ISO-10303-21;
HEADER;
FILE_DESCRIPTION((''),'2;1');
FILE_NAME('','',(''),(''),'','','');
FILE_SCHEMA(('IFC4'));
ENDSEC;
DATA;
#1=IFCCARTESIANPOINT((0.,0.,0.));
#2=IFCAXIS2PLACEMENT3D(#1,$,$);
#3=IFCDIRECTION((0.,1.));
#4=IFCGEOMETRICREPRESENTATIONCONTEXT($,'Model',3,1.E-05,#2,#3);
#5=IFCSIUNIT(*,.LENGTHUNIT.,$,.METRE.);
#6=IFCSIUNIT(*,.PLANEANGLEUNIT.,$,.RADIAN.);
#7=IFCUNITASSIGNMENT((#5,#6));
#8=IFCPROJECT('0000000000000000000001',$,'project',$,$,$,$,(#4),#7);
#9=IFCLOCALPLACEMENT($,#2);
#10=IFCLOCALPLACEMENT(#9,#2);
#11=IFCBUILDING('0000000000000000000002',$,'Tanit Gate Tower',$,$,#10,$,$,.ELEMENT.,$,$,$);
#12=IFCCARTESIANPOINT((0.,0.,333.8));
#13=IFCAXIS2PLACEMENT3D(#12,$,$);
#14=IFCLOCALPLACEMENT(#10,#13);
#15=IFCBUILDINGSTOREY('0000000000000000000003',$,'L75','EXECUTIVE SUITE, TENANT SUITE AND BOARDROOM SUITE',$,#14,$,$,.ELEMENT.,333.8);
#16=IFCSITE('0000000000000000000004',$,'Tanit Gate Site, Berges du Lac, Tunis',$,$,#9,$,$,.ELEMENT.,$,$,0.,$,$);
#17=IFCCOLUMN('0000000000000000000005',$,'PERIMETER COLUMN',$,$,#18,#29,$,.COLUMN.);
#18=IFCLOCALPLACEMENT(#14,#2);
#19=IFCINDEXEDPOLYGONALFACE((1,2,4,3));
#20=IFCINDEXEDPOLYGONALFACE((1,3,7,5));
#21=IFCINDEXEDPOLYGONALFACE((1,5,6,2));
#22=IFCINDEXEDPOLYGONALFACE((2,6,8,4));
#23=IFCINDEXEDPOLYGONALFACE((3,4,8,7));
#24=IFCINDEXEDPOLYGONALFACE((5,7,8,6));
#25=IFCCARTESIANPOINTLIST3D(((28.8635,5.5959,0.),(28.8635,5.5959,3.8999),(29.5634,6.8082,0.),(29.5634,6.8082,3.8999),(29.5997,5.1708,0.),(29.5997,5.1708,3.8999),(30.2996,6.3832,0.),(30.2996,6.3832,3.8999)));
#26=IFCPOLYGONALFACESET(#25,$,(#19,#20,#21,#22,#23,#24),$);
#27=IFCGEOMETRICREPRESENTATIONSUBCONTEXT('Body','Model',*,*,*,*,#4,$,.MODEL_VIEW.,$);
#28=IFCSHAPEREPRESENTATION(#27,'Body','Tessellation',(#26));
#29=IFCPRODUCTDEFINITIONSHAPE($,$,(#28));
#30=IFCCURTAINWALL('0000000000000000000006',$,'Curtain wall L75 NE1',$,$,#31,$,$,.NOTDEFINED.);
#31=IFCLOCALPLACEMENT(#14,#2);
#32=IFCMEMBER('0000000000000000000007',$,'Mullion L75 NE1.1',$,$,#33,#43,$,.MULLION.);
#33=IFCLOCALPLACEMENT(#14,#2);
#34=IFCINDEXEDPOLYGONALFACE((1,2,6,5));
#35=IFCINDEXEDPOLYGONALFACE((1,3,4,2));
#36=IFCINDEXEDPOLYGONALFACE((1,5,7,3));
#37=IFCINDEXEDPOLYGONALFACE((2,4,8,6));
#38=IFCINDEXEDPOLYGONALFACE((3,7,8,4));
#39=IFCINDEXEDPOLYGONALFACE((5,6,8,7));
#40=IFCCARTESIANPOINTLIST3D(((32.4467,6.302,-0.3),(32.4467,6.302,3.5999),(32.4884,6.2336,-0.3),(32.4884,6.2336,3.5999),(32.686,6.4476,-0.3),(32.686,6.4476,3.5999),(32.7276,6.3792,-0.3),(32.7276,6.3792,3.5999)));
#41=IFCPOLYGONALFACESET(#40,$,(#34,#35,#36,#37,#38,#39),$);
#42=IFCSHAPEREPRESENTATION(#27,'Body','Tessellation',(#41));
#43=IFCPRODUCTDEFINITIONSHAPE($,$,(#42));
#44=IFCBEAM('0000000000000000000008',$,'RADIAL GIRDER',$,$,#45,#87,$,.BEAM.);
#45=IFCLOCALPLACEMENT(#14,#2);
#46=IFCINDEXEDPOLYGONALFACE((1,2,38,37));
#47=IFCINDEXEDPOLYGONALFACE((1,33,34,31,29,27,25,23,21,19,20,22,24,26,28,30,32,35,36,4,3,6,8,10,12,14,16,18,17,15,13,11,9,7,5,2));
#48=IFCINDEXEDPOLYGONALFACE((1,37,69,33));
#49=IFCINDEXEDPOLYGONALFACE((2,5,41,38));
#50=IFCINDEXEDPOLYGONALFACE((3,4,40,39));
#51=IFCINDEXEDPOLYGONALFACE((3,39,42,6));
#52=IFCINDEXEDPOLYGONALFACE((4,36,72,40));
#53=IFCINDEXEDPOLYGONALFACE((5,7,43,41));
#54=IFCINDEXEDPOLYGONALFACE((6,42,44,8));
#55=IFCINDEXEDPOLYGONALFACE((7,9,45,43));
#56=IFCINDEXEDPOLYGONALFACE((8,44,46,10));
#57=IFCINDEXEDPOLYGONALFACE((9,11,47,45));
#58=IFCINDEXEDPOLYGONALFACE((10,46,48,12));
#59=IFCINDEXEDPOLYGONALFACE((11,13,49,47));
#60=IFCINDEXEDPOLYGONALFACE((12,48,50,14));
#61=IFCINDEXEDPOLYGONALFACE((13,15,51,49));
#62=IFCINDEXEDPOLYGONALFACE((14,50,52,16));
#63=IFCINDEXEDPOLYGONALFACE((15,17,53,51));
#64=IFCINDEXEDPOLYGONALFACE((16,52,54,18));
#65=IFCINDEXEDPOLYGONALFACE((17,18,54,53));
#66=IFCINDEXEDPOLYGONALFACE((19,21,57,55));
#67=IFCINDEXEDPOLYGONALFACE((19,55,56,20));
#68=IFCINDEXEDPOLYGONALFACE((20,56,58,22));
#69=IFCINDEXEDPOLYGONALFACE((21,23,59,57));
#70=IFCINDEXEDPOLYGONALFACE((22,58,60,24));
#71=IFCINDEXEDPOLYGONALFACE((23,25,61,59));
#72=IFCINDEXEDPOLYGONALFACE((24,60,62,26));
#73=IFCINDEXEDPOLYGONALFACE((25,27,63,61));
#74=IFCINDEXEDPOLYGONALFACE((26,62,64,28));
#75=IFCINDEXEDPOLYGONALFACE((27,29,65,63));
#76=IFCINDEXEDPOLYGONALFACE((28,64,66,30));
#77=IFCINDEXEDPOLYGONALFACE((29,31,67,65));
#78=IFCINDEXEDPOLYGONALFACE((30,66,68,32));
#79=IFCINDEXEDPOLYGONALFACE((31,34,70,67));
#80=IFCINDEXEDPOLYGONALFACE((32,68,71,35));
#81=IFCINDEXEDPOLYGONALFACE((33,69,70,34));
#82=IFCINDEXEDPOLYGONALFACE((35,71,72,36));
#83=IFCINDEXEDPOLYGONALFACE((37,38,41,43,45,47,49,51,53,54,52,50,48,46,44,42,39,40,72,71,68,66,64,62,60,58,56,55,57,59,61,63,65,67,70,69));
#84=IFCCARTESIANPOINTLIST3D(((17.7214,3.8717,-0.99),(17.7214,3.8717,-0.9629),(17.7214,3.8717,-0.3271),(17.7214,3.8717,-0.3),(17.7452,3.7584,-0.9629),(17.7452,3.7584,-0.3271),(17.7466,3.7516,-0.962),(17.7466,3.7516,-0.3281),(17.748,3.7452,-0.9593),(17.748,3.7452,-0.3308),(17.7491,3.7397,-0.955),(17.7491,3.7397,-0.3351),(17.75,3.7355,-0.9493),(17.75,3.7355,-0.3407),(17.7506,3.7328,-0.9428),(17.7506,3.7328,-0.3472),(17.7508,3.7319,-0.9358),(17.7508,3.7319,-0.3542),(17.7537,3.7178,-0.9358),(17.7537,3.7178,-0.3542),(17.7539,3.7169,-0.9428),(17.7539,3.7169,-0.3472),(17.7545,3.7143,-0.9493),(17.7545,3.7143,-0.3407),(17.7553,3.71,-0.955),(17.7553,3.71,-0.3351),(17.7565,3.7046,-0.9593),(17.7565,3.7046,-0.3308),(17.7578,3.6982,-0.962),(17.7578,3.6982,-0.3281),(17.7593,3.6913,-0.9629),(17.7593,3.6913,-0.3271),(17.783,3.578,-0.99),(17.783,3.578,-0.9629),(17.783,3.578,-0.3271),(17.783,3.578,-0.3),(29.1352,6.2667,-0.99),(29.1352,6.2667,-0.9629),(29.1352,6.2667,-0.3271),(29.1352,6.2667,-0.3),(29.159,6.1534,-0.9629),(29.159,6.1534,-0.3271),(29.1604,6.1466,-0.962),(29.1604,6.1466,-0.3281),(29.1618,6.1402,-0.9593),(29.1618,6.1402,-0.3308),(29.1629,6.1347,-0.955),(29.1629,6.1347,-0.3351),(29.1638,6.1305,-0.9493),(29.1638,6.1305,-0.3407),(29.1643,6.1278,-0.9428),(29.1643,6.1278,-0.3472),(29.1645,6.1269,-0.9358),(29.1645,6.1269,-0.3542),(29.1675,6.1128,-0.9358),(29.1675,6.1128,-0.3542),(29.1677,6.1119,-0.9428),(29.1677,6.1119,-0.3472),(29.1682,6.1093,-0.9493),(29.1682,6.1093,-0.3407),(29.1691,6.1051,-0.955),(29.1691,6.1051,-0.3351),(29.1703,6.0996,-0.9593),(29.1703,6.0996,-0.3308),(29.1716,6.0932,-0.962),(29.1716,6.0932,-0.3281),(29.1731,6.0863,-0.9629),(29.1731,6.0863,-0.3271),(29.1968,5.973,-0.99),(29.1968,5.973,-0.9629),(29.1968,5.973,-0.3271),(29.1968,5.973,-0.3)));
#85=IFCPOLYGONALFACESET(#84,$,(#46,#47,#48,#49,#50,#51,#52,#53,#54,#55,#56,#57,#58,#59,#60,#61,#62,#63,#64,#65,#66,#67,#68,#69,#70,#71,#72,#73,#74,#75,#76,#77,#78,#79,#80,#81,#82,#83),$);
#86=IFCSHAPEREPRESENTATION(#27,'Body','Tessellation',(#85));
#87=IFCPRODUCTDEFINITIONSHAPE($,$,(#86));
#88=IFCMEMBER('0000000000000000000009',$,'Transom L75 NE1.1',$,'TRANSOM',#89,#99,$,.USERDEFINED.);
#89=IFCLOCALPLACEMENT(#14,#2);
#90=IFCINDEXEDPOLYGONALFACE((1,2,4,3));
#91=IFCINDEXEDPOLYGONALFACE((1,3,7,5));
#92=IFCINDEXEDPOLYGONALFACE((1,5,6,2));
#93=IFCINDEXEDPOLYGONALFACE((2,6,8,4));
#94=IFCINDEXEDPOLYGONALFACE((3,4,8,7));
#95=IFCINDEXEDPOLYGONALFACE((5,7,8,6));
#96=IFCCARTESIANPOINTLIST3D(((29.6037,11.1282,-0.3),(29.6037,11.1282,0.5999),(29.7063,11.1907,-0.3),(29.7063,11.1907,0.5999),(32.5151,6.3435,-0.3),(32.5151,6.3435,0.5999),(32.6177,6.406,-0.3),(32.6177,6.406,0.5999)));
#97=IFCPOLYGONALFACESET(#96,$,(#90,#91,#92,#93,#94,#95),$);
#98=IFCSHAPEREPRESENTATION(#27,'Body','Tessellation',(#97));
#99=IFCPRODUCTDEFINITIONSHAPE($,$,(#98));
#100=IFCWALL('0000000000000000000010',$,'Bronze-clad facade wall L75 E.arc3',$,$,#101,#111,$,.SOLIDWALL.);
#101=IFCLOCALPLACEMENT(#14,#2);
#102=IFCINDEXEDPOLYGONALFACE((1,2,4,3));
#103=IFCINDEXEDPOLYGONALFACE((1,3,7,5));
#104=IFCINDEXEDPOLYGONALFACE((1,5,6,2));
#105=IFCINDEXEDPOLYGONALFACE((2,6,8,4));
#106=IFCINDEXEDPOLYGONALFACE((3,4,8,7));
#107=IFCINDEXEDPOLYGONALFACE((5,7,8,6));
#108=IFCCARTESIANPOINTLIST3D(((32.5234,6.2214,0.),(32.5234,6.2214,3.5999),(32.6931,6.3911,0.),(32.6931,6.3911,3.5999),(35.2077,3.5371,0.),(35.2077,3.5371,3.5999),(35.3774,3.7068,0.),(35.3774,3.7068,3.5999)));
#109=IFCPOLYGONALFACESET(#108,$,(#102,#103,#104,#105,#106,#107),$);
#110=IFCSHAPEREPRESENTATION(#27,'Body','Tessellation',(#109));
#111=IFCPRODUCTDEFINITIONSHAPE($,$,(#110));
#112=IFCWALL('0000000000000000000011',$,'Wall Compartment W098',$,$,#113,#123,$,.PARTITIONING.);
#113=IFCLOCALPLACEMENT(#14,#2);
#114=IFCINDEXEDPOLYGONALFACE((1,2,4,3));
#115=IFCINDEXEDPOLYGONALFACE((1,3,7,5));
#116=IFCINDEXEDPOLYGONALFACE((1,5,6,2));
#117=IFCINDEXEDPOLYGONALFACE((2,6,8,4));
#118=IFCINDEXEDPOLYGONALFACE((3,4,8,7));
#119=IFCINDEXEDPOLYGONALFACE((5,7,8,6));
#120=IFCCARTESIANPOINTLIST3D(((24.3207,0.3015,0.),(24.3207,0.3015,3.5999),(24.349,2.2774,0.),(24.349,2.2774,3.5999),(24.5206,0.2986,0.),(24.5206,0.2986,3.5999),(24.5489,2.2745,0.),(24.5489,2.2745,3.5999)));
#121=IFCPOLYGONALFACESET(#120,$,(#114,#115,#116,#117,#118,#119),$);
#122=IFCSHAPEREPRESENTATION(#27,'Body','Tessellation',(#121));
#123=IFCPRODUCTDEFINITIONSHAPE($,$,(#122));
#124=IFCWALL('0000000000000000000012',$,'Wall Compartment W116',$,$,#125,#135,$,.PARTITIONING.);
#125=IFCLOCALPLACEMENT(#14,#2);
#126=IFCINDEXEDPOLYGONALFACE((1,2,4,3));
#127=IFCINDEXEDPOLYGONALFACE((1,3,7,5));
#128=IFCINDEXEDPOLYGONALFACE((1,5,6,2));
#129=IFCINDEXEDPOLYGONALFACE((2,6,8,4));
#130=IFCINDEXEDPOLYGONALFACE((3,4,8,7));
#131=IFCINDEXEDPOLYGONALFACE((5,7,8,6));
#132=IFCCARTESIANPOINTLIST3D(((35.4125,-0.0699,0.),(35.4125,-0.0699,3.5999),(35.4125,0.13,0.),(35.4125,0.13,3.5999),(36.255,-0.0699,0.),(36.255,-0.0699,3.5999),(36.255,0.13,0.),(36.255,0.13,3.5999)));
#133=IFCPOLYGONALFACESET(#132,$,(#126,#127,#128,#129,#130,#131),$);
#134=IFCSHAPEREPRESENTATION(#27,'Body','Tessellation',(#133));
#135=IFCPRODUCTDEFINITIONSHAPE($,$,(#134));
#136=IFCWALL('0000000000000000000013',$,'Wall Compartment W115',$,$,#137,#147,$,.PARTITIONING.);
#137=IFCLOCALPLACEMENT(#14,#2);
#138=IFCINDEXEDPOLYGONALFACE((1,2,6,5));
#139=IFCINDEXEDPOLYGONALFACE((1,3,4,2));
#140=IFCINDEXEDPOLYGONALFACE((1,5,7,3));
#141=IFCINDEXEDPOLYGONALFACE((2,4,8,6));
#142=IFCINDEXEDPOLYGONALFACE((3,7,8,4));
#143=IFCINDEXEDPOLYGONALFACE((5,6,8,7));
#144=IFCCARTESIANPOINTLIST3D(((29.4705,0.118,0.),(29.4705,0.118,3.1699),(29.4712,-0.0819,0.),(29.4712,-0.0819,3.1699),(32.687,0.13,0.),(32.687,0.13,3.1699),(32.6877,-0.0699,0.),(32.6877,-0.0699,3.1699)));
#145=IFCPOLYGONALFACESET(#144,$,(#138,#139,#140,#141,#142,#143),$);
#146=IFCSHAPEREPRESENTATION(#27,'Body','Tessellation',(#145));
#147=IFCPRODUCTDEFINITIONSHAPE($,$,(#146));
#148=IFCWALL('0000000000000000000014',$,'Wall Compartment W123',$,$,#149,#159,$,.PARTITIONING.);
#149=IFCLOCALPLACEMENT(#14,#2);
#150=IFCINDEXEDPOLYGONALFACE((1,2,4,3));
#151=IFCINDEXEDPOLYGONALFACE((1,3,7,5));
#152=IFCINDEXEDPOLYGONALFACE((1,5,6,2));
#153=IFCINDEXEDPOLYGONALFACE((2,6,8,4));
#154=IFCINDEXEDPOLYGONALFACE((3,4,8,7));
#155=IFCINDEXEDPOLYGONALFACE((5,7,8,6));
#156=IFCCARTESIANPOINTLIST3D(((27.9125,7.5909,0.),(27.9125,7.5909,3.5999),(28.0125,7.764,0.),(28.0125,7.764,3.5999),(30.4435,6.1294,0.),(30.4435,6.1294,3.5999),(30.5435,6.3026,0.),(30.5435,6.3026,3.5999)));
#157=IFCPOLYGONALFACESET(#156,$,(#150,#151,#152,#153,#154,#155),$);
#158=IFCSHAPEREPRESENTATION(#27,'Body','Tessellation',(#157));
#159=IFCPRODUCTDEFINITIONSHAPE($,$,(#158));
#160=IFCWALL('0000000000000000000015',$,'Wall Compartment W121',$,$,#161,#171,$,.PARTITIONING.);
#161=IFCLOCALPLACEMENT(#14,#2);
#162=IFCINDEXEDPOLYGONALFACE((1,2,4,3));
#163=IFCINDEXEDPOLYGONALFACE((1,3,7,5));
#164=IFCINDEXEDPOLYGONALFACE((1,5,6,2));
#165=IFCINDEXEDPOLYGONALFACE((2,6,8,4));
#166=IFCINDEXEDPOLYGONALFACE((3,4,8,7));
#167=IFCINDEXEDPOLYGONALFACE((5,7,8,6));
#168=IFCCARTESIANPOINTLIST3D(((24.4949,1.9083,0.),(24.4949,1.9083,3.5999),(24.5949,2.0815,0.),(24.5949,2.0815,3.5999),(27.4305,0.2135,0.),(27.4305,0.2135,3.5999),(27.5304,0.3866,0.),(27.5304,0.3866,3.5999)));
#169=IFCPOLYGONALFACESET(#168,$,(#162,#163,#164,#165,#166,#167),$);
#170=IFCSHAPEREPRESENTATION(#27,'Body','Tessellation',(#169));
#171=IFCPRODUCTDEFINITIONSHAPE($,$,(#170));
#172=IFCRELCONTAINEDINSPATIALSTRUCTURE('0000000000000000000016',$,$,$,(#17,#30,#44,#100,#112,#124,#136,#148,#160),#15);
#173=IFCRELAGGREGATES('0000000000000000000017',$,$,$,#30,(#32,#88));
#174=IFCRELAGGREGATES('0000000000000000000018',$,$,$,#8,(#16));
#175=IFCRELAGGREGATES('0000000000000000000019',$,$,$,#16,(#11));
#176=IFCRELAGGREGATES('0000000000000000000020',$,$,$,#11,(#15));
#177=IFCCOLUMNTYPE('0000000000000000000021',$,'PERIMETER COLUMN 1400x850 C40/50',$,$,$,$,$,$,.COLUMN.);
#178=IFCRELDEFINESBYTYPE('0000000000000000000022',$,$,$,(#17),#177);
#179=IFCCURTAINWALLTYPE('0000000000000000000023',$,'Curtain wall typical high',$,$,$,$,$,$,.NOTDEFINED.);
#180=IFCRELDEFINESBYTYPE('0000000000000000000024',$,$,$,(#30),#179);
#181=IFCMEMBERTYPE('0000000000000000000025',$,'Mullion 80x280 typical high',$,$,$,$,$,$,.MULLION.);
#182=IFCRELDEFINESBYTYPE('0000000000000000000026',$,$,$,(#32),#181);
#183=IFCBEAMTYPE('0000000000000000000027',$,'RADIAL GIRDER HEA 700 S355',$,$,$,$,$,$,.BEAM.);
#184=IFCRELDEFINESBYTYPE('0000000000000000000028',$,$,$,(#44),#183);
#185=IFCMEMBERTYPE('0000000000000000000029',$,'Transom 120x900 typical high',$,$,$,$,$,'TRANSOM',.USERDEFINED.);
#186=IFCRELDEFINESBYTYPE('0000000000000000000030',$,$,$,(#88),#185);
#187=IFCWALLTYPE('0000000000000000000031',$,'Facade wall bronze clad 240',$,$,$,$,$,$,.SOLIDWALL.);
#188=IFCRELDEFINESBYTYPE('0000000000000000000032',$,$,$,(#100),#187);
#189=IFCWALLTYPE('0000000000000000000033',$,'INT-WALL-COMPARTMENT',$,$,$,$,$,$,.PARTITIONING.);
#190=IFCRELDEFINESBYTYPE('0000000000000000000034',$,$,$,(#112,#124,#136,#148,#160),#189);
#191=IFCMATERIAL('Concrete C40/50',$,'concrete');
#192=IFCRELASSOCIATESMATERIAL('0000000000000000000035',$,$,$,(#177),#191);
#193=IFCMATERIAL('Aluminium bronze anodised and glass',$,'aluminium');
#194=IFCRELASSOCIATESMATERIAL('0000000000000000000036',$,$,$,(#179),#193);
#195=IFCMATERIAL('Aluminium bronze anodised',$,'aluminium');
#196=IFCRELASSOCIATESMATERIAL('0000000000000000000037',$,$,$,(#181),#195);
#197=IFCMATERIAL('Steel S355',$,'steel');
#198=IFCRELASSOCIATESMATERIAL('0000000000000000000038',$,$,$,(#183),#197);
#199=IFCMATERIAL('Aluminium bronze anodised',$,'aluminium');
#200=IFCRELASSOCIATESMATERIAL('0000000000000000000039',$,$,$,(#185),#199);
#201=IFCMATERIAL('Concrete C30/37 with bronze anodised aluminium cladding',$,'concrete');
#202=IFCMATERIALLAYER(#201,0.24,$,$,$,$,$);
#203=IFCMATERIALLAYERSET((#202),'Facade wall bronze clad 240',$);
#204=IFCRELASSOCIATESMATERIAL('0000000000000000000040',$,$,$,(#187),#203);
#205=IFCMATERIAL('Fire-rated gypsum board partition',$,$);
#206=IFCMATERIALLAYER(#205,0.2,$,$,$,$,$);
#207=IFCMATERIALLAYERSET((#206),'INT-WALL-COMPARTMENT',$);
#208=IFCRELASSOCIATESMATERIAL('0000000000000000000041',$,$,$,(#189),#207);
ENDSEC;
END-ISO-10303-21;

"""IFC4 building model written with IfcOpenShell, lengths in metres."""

from ifc_helpers import new_model, si_unit, direction, frame, frame_2d, origin, origin_2d, place, context, subcontext, project, spatial, rectangle, i_section, extrude, material, layer, layer_set, material_profile, profile_set, type_object, element, aggregate, save


model = new_model("IFC4")

# Units and contexts
model_context = context("Model", 3, precision=1e-05, world=origin(), true_north=direction((0.0, 1.0)))
body_context = subcontext(model_context, "Body", "Model", "MODEL_VIEW")
ifc_project = project(units=[si_unit("LENGTHUNIT", "METRE"), si_unit("PLANEANGLEUNIT", "RADIAN")], contexts=[model_context])

# Site, building, storey
site_placement = place(None, origin())
site = spatial("IfcSite", under=ifc_project, at=site_placement, Name="Tanit Gate Site, Berges du Lac, Tunis", CompositionType="ELEMENT", RefElevation=0.0)
building_placement = place(site_placement, origin())
building = spatial("IfcBuilding", under=site, at=building_placement, Name="Tanit Gate Tower", CompositionType="ELEMENT")
storey_placement = place(building_placement, frame((0.0, 0.0, 333.8)))
storey = spatial("IfcBuildingStorey", under=building, at=storey_placement, Name="L75", Description="EXECUTIVE SUITE, TENANT SUITE AND BOARDROOM SUITE", CompositionType="ELEMENT", Elevation=333.8)

# Column
ifc_material_1 = material(Name="Concrete C40/50", Category="concrete")
ifc_material_profile_1 = material_profile(ifc_material_1, rectangle(XDim=1.3999, YDim=0.8501, at=origin_2d()), Name="RC 1400x850")
ifc_profile_set_1 = profile_set([ifc_material_profile_1], Name="Concrete C40/50")
column_type = type_object("IfcColumnType", Name="PERIMETER COLUMN 1400x850 C40/50", PredefinedType="COLUMN", material=ifc_profile_set_1)
column_placement = place(storey_placement, frame((29.5815, 5.9895, 0.0), z_axis=(0.0, 0.0, 1.0), x_axis=(0.5, 0.866025, 0.0)))
element("IfcColumn", 1, at=column_placement, inside=storey, type_object=column_type, Name="PERIMETER COLUMN", PredefinedType="COLUMN", context=body_context, shape_type="SweptSolid", body=[
    extrude(rectangle(XDim=1.3999, YDim=0.8501, at=origin_2d()), origin(), (0.0, 0.0, 1.0), 3.8999),
])

# Curtain wall, member
ifc_material_2 = material(Name="Aluminium bronze anodised and glass", Category="aluminium")
curtain_wall_type = type_object("IfcCurtainWallType", Name="Curtain wall typical high", PredefinedType="NOTDEFINED", material=ifc_material_2)
curtain_wall_placement = place(storey_placement, origin())
curtain_wall = element("IfcCurtainWall", 2, at=curtain_wall_placement, inside=storey, type_object=curtain_wall_type, Name="Curtain wall L75 NE1", PredefinedType="NOTDEFINED")
ifc_material_3 = material(Name="Aluminium bronze anodised", Category="aluminium")
ifc_material_profile_2 = material_profile(ifc_material_3, rectangle(XDim=0.28, YDim=0.0801, at=origin_2d()), Name="80x280 bronze mullion")
ifc_profile_set_2 = profile_set([ifc_material_profile_2], Name="Aluminium bronze anodised")
member_type_1 = type_object("IfcMemberType", Name="Mullion 80x280 typical high", PredefinedType="MULLION", material=ifc_profile_set_2)
member_1_placement = place(storey_placement, frame((32.5872, 6.3406, -0.3), z_axis=(0.0, 0.0, 1.0), x_axis=(-0.854276, -0.51982, 0.0)))
member_1 = element("IfcMember", 3, at=member_1_placement, type_object=member_type_1, Name="Mullion L75 NE1.1", PredefinedType="MULLION", context=body_context, shape_type="SweptSolid", body=[
    extrude(rectangle(XDim=0.28, YDim=0.0801, at=origin_2d()), origin(), (0.0, 0.0, 1.0), 3.8999),
])

# Beam
ifc_material_4 = material(Name="Steel S355", Category="steel")
ifc_material_profile_3 = material_profile(ifc_material_4, i_section(OverallWidth=0.3, OverallDepth=0.6899, WebThickness=0.0144, FlangeThickness=0.0271, FilletRadius=0.0271, at=origin_2d()), Name="HEA 700")
ifc_profile_set_3 = profile_set([ifc_material_profile_3], Name="Steel S355")
beam_type = type_object("IfcBeamType", Name="RADIAL GIRDER HEA 700 S355", PredefinedType="BEAM", material=ifc_profile_set_3)
beam_placement = place(storey_placement, frame((29.166, 6.1199, -0.645), z_axis=(-0.978686, -0.205363, 0.0), x_axis=(0.205363, -0.978686, 0.0)))
element("IfcBeam", 4, at=beam_placement, inside=storey, type_object=beam_type, Name="RADIAL GIRDER", PredefinedType="BEAM", context=body_context, shape_type="SweptSolid", body=[
    extrude(i_section(OverallWidth=0.3, OverallDepth=0.6899, WebThickness=0.0144, FlangeThickness=0.0271, FilletRadius=0.0271, at=origin_2d()), origin(), (0.0, 0.0, 1.0), 11.6624),
])

# Member
ifc_material_5 = material(Name="Aluminium bronze anodised", Category="aluminium")
ifc_material_profile_4 = material_profile(ifc_material_5, rectangle(XDim=0.1201, YDim=0.8999, at=origin_2d()), Name="120x900 bronze transom")
ifc_profile_set_4 = profile_set([ifc_material_profile_4], Name="Aluminium bronze anodised")
member_type_2 = type_object("IfcMemberType", Name="Transom 120x900 typical high", ElementType="TRANSOM", PredefinedType="USERDEFINED", material=ifc_profile_set_4)
member_2_placement = place(storey_placement, frame((32.5664, 6.3748, 0.1499), z_axis=(-0.519813, 0.85428, 0.0), x_axis=(-0.85428, -0.519813, 0.0)))
member_2 = element("IfcMember", 5, at=member_2_placement, type_object=member_type_2, Name="Transom L75 NE1.1", ObjectType="TRANSOM", PredefinedType="USERDEFINED", context=body_context, shape_type="SweptSolid", body=[
    extrude(rectangle(XDim=0.1201, YDim=0.8999, at=origin_2d()), origin(), (0.0, 0.0, 1.0), 5.6008),
])
aggregate(curtain_wall, [member_1, member_2])

# Walls
ifc_material_6 = material(Name="Concrete C30/37 with bronze anodised aluminium cladding", Category="concrete")
ifc_layer_1 = layer(ifc_material_6, 0.24)
ifc_layer_set_1 = layer_set([ifc_layer_1], Name="Facade wall bronze clad 240")
wall_type_1 = type_object("IfcWallType", Name="Facade wall bronze clad 240", PredefinedType="SOLIDWALL", material=ifc_layer_set_1)
wall_1_placement = place(storey_placement, frame((35.2925, 3.6221, 0.0), z_axis=(0.0, 0.0, 1.0), x_axis=(-0.707107, 0.707107, 0.0)))
element("IfcWall", 6, at=wall_1_placement, inside=storey, type_object=wall_type_1, Name="Bronze-clad facade wall L75 E.arc3", PredefinedType="SOLIDWALL", context=body_context, shape_type="SweptSolid", body=[
    extrude(rectangle(XDim=3.7961, YDim=0.24, at=frame_2d((1.8979, 0.0))), origin(), (0.0, 0.0, 1.0), 3.5999),
])
ifc_material_7 = material(Name="Fire-rated gypsum board partition")
ifc_layer_2 = layer(ifc_material_7, 0.2)
ifc_layer_set_2 = layer_set([ifc_layer_2], Name="INT-WALL-COMPARTMENT")
wall_type_2 = type_object("IfcWallType", Name="INT-WALL-COMPARTMENT", PredefinedType="PARTITIONING", material=ifc_layer_set_2)
wall_2_placement = place(storey_placement, frame((24.4207, 0.3, 0.0), z_axis=(0.0, 0.0, 1.0), x_axis=(0.014332, 0.999897, 0.0)))
element("IfcWall", 7, at=wall_2_placement, inside=storey, type_object=wall_type_2, Name="Wall Compartment W098", PredefinedType="PARTITIONING", context=body_context, shape_type="SweptSolid", body=[
    extrude(rectangle(XDim=1.9761, YDim=0.2, at=frame_2d((0.988, 0.0))), origin(), (0.0, 0.0, 1.0), 3.5999),
])
wall_3_placement = place(storey_placement, frame((35.4124, 0.03, 0.0), z_axis=(0.0, 0.0, 1.0), x_axis=(1.0, 0.0, 0.0)))
element("IfcWall", 8, at=wall_3_placement, inside=storey, type_object=wall_type_2, Name="Wall Compartment W116", PredefinedType="PARTITIONING", context=body_context, shape_type="SweptSolid", body=[
    extrude(rectangle(XDim=0.8425, YDim=0.2, at=frame_2d((0.4214, 0.0))), origin(), (0.0, 0.0, 1.0), 3.5999),
])
wall_4_placement = place(storey_placement, frame((29.4707, 0.0181, 0.0), z_axis=(0.0, 0.0, 1.0), x_axis=(0.999993, 0.003719, 0.0)))
element("IfcWall", 9, at=wall_4_placement, inside=storey, type_object=wall_type_2, Name="Wall Compartment W115", PredefinedType="PARTITIONING", context=body_context, shape_type="SweptSolid", body=[
    extrude(rectangle(XDim=3.2166, YDim=0.2, at=frame_2d((1.6084, 0.0))), origin(), (0.0, 0.0, 1.0), 3.1699),
])
wall_5_placement = place(storey_placement, frame((27.9624, 7.6775, 0.0), z_axis=(0.0, 0.0, 1.0), x_axis=(0.866003, -0.500038, 0.0)))
element("IfcWall", 10, at=wall_5_placement, inside=storey, type_object=wall_type_2, Name="Wall Compartment W123", PredefinedType="PARTITIONING", context=body_context, shape_type="SweptSolid", body=[
    extrude(rectangle(XDim=2.9226, YDim=0.2, at=frame_2d((1.4614, 0.0))), origin(), (0.0, 0.0, 1.0), 3.5999),
])
wall_6_placement = place(storey_placement, frame((24.5449, 1.9949, 0.0), z_axis=(0.0, 0.0, 1.0), x_axis=(0.866027, -0.499997, 0.0)))
element("IfcWall", 11, at=wall_6_placement, inside=storey, type_object=wall_type_2, Name="Wall Compartment W121", PredefinedType="PARTITIONING", context=body_context, shape_type="SweptSolid", body=[
    extrude(rectangle(XDim=3.3896, YDim=0.2, at=frame_2d((1.6948, 0.0))), origin(), (0.0, 0.0, 1.0), 3.5999),
])

save(model, "model.ifc")
